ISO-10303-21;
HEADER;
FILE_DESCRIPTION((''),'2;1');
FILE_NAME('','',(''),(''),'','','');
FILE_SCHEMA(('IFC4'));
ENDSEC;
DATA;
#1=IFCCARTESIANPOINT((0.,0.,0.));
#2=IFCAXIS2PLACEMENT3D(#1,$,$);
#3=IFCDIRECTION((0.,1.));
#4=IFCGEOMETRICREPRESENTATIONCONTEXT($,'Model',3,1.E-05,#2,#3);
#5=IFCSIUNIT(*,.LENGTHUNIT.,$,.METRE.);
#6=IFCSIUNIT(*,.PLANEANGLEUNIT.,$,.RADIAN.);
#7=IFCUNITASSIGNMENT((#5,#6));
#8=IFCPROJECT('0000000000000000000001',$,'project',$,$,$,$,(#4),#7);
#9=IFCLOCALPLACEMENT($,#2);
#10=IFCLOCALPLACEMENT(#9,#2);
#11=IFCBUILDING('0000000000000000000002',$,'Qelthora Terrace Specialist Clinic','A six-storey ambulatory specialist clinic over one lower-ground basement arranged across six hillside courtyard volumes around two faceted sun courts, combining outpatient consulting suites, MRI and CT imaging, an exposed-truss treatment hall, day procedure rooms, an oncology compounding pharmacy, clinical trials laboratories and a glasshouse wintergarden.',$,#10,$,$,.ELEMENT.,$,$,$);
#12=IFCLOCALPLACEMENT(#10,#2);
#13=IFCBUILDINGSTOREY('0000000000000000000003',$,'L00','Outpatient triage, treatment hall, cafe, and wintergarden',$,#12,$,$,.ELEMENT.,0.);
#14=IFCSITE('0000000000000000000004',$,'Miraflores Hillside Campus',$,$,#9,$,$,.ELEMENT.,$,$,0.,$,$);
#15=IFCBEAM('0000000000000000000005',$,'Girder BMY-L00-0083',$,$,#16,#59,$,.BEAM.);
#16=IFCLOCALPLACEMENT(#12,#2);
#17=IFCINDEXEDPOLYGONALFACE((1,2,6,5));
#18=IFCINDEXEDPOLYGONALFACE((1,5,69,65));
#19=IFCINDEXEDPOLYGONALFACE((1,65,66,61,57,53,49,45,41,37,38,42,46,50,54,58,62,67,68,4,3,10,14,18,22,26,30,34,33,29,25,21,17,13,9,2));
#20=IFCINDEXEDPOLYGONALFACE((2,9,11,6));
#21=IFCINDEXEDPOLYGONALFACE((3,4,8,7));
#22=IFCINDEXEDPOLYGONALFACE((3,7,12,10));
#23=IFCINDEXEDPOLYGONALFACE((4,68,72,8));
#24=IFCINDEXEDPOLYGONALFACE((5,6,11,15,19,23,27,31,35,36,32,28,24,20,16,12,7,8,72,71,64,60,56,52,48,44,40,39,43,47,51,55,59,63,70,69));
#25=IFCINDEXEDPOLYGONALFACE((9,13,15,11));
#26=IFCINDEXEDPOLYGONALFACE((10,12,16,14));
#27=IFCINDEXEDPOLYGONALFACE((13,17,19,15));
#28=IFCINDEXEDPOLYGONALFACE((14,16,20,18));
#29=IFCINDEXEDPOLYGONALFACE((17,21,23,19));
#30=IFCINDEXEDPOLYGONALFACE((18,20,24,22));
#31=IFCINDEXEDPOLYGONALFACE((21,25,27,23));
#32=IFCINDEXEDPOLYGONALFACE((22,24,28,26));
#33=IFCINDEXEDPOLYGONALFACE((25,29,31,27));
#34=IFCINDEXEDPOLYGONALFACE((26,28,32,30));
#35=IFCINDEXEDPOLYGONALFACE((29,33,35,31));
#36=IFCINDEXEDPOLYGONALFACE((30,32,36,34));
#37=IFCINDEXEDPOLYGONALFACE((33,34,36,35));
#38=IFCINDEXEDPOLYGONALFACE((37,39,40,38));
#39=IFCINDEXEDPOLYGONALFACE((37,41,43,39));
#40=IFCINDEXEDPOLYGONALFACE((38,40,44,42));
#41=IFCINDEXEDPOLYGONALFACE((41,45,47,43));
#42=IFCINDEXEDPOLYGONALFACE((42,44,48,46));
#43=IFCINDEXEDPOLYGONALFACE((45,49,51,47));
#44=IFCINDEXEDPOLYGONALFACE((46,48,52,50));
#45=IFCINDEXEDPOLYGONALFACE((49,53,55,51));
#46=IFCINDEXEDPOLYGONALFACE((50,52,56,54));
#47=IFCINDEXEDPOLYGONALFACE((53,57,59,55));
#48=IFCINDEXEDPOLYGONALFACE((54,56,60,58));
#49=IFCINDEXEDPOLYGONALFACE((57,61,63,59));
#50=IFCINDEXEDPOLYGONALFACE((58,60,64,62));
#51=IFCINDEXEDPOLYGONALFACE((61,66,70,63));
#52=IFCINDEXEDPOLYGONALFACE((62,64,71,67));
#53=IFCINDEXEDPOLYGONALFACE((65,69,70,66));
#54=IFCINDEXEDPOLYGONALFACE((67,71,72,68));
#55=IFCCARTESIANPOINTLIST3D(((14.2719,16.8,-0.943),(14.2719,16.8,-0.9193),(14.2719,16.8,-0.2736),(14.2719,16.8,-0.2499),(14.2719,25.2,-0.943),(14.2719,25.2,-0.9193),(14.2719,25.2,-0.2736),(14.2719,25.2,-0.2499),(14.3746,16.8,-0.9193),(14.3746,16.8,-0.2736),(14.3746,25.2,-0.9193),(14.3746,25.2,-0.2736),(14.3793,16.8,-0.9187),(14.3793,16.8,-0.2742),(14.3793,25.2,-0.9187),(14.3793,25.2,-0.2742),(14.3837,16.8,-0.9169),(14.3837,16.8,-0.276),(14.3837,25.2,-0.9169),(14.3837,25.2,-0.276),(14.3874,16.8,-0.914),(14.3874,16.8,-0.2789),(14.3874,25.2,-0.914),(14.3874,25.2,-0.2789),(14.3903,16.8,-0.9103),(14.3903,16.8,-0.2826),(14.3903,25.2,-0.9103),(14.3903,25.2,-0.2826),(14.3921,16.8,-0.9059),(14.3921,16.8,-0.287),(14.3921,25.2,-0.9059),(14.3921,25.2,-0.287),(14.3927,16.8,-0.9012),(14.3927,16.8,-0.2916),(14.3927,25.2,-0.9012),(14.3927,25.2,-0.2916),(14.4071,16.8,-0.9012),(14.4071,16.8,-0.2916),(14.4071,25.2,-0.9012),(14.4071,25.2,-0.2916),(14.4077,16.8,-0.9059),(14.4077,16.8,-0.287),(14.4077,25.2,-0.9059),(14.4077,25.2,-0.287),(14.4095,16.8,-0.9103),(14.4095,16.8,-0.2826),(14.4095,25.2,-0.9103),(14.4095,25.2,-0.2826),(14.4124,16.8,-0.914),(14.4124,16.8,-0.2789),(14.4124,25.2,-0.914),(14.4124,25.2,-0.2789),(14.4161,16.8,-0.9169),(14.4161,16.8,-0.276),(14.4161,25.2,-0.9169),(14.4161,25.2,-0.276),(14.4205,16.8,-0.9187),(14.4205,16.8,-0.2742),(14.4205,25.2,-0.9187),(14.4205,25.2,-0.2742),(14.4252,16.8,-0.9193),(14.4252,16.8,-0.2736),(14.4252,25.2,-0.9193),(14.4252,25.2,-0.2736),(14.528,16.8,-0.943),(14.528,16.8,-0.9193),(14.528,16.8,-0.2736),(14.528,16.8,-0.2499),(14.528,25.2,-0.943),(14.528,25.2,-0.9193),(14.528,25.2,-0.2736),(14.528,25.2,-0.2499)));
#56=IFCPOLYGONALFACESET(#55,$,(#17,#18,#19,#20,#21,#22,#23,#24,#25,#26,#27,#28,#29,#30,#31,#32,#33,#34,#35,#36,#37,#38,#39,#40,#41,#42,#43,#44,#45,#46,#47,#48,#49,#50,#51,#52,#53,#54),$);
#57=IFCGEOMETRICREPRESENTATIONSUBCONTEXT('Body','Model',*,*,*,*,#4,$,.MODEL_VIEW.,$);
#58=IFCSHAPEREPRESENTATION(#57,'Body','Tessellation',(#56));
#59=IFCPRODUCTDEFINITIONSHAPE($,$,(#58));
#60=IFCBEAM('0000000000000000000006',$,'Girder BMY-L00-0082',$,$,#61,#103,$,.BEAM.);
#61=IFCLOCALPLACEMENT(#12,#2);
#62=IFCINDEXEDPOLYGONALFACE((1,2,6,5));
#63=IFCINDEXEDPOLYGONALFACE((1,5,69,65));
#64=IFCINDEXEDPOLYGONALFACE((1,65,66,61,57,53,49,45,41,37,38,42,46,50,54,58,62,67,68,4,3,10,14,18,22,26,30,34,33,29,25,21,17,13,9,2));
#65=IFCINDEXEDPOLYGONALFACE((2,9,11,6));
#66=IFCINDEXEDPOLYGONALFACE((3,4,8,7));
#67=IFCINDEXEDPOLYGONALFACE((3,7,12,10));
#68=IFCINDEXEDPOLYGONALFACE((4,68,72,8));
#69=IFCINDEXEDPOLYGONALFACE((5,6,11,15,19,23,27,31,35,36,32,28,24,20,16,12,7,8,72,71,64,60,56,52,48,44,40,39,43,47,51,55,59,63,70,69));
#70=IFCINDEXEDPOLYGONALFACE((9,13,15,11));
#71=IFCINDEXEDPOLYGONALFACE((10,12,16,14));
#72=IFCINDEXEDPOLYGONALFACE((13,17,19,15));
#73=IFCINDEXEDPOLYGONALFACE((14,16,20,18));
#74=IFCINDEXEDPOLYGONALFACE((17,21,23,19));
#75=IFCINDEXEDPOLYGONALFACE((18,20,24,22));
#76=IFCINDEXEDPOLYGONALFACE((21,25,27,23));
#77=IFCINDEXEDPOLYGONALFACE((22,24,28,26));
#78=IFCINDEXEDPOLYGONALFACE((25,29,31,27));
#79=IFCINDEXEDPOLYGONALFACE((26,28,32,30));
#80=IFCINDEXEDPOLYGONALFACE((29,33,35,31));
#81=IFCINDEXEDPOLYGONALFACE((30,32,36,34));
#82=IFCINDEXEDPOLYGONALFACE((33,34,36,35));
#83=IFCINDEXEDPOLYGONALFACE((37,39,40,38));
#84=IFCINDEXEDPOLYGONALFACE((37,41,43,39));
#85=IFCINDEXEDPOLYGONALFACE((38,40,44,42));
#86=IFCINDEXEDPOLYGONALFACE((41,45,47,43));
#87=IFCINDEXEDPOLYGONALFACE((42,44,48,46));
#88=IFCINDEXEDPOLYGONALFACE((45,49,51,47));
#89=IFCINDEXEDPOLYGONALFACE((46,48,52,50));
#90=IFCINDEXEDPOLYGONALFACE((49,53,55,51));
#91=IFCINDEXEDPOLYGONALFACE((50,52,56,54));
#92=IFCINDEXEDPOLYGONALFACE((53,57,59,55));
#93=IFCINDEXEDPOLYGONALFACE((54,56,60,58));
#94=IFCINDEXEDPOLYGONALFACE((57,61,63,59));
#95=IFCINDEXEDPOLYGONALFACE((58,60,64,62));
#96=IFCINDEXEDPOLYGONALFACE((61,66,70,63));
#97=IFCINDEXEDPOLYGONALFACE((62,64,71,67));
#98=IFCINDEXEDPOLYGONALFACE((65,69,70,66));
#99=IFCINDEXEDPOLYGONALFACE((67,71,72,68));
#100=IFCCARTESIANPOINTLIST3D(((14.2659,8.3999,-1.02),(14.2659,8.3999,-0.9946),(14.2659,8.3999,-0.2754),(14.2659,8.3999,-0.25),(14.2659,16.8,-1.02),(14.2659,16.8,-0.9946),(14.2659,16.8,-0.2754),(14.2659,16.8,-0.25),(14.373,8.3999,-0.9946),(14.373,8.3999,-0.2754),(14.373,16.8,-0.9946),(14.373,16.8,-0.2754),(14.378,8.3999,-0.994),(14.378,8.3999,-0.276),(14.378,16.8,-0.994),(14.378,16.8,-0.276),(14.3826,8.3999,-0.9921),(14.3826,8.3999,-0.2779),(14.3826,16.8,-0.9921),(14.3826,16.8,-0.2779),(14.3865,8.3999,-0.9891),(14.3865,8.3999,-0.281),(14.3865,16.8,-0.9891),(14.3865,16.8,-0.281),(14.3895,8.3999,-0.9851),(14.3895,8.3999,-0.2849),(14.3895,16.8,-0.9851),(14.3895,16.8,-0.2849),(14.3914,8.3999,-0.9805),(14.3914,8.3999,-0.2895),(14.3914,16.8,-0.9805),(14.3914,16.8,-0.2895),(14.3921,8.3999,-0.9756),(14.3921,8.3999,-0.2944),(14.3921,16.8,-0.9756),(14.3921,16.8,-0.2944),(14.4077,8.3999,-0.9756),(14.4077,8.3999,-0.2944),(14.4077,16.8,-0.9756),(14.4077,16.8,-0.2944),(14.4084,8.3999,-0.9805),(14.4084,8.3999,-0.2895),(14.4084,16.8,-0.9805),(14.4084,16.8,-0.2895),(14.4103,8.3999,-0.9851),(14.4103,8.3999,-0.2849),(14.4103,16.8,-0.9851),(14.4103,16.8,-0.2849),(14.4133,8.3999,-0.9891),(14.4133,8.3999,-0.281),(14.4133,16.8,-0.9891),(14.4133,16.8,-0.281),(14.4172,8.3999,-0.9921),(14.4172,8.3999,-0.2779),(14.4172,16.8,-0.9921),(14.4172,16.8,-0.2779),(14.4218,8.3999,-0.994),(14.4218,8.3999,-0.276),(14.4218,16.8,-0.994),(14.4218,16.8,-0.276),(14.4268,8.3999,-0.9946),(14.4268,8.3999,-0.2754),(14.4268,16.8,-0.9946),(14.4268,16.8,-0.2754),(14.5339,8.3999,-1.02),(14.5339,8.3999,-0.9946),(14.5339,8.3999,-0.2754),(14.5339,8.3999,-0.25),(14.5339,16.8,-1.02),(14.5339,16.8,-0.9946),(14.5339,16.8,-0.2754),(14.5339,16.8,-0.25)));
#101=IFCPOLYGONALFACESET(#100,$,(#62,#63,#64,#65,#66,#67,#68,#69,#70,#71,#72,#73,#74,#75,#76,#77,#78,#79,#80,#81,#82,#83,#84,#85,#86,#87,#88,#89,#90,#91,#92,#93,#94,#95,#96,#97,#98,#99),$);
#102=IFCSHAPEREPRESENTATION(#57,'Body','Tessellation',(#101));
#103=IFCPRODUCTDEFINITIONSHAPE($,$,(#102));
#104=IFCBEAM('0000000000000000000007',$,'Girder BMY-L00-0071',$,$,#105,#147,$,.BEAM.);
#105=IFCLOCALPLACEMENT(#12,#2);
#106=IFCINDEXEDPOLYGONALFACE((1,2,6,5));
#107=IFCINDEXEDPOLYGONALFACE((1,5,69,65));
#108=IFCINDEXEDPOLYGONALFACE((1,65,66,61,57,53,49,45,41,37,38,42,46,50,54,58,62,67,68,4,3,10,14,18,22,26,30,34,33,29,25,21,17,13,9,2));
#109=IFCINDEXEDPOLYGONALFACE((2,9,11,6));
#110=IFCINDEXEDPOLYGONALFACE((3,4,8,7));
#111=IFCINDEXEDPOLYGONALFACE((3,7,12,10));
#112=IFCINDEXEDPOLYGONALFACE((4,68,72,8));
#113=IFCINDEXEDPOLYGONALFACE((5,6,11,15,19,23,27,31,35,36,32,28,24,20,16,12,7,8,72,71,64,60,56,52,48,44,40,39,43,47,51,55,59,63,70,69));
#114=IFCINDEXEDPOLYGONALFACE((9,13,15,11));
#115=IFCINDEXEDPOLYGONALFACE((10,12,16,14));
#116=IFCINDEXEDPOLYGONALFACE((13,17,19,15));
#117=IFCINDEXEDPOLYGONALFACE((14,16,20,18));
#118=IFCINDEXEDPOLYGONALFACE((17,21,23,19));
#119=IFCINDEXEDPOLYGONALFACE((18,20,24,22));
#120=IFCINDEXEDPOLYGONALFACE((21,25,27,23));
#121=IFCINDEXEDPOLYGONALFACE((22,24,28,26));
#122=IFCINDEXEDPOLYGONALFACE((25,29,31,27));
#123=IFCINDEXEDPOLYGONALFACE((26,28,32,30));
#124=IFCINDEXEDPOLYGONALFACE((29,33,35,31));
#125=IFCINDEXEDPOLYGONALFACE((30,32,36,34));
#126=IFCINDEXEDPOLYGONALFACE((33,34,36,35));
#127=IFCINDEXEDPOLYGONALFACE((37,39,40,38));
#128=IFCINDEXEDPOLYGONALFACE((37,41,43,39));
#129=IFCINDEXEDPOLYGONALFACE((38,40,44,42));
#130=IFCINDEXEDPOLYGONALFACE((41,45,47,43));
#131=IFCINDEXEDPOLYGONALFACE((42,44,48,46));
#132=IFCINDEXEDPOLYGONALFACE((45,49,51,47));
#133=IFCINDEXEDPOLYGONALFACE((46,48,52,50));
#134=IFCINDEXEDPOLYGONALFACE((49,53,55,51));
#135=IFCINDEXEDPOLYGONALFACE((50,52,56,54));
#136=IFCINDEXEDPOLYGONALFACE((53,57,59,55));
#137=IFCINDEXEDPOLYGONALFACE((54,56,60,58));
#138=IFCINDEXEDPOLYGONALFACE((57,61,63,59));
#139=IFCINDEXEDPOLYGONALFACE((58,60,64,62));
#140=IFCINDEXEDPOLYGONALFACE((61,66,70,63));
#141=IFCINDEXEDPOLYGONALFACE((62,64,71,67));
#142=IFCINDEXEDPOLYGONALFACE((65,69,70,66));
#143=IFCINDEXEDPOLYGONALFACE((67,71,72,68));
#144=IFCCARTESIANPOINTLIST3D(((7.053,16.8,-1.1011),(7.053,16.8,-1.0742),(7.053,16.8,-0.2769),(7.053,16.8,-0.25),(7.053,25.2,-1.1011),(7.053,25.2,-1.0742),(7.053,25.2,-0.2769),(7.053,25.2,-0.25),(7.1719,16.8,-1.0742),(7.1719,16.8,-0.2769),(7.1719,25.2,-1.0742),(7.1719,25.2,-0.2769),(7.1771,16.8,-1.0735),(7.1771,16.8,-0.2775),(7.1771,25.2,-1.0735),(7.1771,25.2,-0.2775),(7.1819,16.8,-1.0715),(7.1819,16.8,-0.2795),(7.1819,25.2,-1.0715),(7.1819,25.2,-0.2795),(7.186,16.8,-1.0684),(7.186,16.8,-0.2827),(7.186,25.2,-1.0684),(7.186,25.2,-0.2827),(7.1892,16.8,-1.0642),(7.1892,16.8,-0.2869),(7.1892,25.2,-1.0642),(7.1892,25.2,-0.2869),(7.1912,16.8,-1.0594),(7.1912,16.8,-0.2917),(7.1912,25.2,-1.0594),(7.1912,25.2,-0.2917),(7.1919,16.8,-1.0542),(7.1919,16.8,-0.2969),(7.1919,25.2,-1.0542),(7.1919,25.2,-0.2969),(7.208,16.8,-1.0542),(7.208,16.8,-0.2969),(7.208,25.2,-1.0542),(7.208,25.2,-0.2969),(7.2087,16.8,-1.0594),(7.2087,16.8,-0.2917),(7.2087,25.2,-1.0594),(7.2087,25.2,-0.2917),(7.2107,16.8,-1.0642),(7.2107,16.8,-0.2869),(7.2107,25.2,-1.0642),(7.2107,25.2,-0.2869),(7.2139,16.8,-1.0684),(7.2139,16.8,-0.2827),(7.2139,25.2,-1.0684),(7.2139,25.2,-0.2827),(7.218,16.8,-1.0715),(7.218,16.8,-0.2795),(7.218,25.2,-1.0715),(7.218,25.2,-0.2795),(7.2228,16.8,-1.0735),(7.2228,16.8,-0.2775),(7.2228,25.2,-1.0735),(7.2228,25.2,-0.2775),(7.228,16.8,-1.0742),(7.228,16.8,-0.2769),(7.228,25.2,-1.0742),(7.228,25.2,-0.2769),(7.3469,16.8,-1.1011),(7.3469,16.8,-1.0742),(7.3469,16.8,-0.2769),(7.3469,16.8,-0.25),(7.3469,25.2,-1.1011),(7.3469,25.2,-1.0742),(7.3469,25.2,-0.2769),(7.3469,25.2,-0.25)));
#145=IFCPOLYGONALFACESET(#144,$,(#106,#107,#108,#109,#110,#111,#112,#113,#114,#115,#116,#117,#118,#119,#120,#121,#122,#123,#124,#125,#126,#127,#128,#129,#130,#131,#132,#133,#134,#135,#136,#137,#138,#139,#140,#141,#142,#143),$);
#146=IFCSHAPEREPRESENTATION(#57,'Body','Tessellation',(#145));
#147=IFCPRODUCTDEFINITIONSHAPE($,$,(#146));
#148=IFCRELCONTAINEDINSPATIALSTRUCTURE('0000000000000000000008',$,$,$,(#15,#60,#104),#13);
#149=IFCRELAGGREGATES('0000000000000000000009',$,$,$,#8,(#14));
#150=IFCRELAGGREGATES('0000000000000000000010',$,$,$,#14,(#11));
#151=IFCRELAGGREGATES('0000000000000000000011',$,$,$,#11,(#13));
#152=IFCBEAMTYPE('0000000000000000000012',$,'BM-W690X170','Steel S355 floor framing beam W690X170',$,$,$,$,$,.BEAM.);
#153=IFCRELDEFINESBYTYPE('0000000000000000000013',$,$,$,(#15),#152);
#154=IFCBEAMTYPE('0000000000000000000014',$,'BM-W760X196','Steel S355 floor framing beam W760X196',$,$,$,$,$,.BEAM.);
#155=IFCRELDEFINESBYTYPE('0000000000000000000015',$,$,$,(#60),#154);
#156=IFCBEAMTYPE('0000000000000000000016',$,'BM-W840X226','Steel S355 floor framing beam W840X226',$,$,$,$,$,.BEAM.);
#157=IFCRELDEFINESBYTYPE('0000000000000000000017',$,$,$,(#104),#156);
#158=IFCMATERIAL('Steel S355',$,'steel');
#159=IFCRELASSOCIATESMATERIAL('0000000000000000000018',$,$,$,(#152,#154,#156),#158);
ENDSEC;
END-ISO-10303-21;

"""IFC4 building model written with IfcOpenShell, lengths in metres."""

from ifc_helpers import new_model, si_unit, direction, frame, origin, origin_2d, place, context, subcontext, project, spatial, i_section, extrude, material, material_profile, profile_set, type_object, element, save


model = new_model("IFC4")

# Units and contexts
model_context = context("Model", 3, precision=1e-05, world=origin(), true_north=direction((0.0, 1.0)))
body_context = subcontext(model_context, "Body", "Model", "MODEL_VIEW")
ifc_project = project(units=[si_unit("LENGTHUNIT", "METRE"), si_unit("PLANEANGLEUNIT", "RADIAN")], contexts=[model_context])

# Site, building, storey
site_placement = place(None, origin())
site = spatial("IfcSite", under=ifc_project, at=site_placement, Name="Miraflores Hillside Campus", CompositionType="ELEMENT", RefElevation=0.0)
building_placement = place(site_placement, origin())
building = spatial("IfcBuilding", under=site, at=building_placement, Name="Qelthora Terrace Specialist Clinic", Description="A six-storey ambulatory specialist clinic over one lower-ground basement arranged across six hillside courtyard volumes around two faceted sun courts, combining outpatient consulting suites, MRI and CT imaging, an exposed-truss treatment hall, day procedure rooms, an oncology compounding pharmacy, clinical trials laboratories and a glasshouse wintergarden.", CompositionType="ELEMENT")
storey_placement = place(building_placement, origin())
storey = spatial("IfcBuildingStorey", under=building, at=storey_placement, Name="L00", Description="Outpatient triage, treatment hall, cafe, and wintergarden", CompositionType="ELEMENT", Elevation=0.0)

# Shared definitions
ifc_material_1 = material(Name="Steel S355", Category="steel")

# Beams
ifc_material_profile_1 = material_profile(ifc_material_1, i_section(OverallWidth=0.2561, OverallDepth=0.6931, WebThickness=0.0144, FlangeThickness=0.0237, FilletRadius=0.0181, at=origin_2d()), Name="W690X170")
ifc_profile_set_1 = profile_set([ifc_material_profile_1], Name="Steel S355")
beam_type_1 = type_object("IfcBeamType", Name="BM-W690X170", Description="Steel S355 floor framing beam W690X170", PredefinedType="BEAM", material=ifc_profile_set_1)
beam_1_placement = place(storey_placement, frame((14.3999, 16.8, -0.5964), z_axis=(0.0, 1.0, 0.0), x_axis=(-1.0, 0.0, 0.0)))
element("IfcBeam", 1, at=beam_1_placement, inside=storey, type_object=beam_type_1, Name="Girder BMY-L00-0083", PredefinedType="BEAM", context=body_context, shape_type="SweptSolid", body=[
    extrude(i_section(OverallWidth=0.2561, OverallDepth=0.6931, WebThickness=0.0144, FlangeThickness=0.0237, FilletRadius=0.0181, at=origin_2d()), origin(), (0.0, 0.0, 1.0), 8.3999),
])
ifc_material_profile_2 = material_profile(ifc_material_1, i_section(OverallWidth=0.2681, OverallDepth=0.77, WebThickness=0.0156, FlangeThickness=0.0254, FilletRadius=0.019, at=origin_2d()), Name="W760X196")
ifc_profile_set_2 = profile_set([ifc_material_profile_2], Name="Steel S355")
beam_type_2 = type_object("IfcBeamType", Name="BM-W760X196", Description="Steel S355 floor framing beam W760X196", PredefinedType="BEAM", material=ifc_profile_set_2)
beam_2_placement = place(storey_placement, frame((14.3999, 8.3999, -0.635), z_axis=(0.0, 1.0, 0.0), x_axis=(-1.0, 0.0, 0.0)))
element("IfcBeam", 2, at=beam_2_placement, inside=storey, type_object=beam_type_2, Name="Girder BMY-L00-0082", PredefinedType="BEAM", context=body_context, shape_type="SweptSolid", body=[
    extrude(i_section(OverallWidth=0.2681, OverallDepth=0.77, WebThickness=0.0156, FlangeThickness=0.0254, FilletRadius=0.019, at=origin_2d()), origin(), (0.0, 0.0, 1.0), 8.4001),
])
ifc_material_profile_3 = material_profile(ifc_material_1, i_section(OverallWidth=0.2939, OverallDepth=0.8511, WebThickness=0.0161, FlangeThickness=0.0269, FilletRadius=0.02, at=origin_2d()), Name="W840X226")
ifc_profile_set_3 = profile_set([ifc_material_profile_3], Name="Steel S355")
beam_type_3 = type_object("IfcBeamType", Name="BM-W840X226", Description="Steel S355 floor framing beam W840X226", PredefinedType="BEAM", material=ifc_profile_set_3)
beam_3_placement = place(storey_placement, frame((7.2, 16.8, -0.6755), z_axis=(0.0, 1.0, 0.0), x_axis=(-1.0, 0.0, 0.0)))
element("IfcBeam", 3, at=beam_3_placement, inside=storey, type_object=beam_type_3, Name="Girder BMY-L00-0071", PredefinedType="BEAM", context=body_context, shape_type="SweptSolid", body=[
    extrude(i_section(OverallWidth=0.2939, OverallDepth=0.8511, WebThickness=0.0161, FlangeThickness=0.0269, FilletRadius=0.02, at=origin_2d()), origin(), (0.0, 0.0, 1.0), 8.3999),
])

save(model, "model.ifc")
